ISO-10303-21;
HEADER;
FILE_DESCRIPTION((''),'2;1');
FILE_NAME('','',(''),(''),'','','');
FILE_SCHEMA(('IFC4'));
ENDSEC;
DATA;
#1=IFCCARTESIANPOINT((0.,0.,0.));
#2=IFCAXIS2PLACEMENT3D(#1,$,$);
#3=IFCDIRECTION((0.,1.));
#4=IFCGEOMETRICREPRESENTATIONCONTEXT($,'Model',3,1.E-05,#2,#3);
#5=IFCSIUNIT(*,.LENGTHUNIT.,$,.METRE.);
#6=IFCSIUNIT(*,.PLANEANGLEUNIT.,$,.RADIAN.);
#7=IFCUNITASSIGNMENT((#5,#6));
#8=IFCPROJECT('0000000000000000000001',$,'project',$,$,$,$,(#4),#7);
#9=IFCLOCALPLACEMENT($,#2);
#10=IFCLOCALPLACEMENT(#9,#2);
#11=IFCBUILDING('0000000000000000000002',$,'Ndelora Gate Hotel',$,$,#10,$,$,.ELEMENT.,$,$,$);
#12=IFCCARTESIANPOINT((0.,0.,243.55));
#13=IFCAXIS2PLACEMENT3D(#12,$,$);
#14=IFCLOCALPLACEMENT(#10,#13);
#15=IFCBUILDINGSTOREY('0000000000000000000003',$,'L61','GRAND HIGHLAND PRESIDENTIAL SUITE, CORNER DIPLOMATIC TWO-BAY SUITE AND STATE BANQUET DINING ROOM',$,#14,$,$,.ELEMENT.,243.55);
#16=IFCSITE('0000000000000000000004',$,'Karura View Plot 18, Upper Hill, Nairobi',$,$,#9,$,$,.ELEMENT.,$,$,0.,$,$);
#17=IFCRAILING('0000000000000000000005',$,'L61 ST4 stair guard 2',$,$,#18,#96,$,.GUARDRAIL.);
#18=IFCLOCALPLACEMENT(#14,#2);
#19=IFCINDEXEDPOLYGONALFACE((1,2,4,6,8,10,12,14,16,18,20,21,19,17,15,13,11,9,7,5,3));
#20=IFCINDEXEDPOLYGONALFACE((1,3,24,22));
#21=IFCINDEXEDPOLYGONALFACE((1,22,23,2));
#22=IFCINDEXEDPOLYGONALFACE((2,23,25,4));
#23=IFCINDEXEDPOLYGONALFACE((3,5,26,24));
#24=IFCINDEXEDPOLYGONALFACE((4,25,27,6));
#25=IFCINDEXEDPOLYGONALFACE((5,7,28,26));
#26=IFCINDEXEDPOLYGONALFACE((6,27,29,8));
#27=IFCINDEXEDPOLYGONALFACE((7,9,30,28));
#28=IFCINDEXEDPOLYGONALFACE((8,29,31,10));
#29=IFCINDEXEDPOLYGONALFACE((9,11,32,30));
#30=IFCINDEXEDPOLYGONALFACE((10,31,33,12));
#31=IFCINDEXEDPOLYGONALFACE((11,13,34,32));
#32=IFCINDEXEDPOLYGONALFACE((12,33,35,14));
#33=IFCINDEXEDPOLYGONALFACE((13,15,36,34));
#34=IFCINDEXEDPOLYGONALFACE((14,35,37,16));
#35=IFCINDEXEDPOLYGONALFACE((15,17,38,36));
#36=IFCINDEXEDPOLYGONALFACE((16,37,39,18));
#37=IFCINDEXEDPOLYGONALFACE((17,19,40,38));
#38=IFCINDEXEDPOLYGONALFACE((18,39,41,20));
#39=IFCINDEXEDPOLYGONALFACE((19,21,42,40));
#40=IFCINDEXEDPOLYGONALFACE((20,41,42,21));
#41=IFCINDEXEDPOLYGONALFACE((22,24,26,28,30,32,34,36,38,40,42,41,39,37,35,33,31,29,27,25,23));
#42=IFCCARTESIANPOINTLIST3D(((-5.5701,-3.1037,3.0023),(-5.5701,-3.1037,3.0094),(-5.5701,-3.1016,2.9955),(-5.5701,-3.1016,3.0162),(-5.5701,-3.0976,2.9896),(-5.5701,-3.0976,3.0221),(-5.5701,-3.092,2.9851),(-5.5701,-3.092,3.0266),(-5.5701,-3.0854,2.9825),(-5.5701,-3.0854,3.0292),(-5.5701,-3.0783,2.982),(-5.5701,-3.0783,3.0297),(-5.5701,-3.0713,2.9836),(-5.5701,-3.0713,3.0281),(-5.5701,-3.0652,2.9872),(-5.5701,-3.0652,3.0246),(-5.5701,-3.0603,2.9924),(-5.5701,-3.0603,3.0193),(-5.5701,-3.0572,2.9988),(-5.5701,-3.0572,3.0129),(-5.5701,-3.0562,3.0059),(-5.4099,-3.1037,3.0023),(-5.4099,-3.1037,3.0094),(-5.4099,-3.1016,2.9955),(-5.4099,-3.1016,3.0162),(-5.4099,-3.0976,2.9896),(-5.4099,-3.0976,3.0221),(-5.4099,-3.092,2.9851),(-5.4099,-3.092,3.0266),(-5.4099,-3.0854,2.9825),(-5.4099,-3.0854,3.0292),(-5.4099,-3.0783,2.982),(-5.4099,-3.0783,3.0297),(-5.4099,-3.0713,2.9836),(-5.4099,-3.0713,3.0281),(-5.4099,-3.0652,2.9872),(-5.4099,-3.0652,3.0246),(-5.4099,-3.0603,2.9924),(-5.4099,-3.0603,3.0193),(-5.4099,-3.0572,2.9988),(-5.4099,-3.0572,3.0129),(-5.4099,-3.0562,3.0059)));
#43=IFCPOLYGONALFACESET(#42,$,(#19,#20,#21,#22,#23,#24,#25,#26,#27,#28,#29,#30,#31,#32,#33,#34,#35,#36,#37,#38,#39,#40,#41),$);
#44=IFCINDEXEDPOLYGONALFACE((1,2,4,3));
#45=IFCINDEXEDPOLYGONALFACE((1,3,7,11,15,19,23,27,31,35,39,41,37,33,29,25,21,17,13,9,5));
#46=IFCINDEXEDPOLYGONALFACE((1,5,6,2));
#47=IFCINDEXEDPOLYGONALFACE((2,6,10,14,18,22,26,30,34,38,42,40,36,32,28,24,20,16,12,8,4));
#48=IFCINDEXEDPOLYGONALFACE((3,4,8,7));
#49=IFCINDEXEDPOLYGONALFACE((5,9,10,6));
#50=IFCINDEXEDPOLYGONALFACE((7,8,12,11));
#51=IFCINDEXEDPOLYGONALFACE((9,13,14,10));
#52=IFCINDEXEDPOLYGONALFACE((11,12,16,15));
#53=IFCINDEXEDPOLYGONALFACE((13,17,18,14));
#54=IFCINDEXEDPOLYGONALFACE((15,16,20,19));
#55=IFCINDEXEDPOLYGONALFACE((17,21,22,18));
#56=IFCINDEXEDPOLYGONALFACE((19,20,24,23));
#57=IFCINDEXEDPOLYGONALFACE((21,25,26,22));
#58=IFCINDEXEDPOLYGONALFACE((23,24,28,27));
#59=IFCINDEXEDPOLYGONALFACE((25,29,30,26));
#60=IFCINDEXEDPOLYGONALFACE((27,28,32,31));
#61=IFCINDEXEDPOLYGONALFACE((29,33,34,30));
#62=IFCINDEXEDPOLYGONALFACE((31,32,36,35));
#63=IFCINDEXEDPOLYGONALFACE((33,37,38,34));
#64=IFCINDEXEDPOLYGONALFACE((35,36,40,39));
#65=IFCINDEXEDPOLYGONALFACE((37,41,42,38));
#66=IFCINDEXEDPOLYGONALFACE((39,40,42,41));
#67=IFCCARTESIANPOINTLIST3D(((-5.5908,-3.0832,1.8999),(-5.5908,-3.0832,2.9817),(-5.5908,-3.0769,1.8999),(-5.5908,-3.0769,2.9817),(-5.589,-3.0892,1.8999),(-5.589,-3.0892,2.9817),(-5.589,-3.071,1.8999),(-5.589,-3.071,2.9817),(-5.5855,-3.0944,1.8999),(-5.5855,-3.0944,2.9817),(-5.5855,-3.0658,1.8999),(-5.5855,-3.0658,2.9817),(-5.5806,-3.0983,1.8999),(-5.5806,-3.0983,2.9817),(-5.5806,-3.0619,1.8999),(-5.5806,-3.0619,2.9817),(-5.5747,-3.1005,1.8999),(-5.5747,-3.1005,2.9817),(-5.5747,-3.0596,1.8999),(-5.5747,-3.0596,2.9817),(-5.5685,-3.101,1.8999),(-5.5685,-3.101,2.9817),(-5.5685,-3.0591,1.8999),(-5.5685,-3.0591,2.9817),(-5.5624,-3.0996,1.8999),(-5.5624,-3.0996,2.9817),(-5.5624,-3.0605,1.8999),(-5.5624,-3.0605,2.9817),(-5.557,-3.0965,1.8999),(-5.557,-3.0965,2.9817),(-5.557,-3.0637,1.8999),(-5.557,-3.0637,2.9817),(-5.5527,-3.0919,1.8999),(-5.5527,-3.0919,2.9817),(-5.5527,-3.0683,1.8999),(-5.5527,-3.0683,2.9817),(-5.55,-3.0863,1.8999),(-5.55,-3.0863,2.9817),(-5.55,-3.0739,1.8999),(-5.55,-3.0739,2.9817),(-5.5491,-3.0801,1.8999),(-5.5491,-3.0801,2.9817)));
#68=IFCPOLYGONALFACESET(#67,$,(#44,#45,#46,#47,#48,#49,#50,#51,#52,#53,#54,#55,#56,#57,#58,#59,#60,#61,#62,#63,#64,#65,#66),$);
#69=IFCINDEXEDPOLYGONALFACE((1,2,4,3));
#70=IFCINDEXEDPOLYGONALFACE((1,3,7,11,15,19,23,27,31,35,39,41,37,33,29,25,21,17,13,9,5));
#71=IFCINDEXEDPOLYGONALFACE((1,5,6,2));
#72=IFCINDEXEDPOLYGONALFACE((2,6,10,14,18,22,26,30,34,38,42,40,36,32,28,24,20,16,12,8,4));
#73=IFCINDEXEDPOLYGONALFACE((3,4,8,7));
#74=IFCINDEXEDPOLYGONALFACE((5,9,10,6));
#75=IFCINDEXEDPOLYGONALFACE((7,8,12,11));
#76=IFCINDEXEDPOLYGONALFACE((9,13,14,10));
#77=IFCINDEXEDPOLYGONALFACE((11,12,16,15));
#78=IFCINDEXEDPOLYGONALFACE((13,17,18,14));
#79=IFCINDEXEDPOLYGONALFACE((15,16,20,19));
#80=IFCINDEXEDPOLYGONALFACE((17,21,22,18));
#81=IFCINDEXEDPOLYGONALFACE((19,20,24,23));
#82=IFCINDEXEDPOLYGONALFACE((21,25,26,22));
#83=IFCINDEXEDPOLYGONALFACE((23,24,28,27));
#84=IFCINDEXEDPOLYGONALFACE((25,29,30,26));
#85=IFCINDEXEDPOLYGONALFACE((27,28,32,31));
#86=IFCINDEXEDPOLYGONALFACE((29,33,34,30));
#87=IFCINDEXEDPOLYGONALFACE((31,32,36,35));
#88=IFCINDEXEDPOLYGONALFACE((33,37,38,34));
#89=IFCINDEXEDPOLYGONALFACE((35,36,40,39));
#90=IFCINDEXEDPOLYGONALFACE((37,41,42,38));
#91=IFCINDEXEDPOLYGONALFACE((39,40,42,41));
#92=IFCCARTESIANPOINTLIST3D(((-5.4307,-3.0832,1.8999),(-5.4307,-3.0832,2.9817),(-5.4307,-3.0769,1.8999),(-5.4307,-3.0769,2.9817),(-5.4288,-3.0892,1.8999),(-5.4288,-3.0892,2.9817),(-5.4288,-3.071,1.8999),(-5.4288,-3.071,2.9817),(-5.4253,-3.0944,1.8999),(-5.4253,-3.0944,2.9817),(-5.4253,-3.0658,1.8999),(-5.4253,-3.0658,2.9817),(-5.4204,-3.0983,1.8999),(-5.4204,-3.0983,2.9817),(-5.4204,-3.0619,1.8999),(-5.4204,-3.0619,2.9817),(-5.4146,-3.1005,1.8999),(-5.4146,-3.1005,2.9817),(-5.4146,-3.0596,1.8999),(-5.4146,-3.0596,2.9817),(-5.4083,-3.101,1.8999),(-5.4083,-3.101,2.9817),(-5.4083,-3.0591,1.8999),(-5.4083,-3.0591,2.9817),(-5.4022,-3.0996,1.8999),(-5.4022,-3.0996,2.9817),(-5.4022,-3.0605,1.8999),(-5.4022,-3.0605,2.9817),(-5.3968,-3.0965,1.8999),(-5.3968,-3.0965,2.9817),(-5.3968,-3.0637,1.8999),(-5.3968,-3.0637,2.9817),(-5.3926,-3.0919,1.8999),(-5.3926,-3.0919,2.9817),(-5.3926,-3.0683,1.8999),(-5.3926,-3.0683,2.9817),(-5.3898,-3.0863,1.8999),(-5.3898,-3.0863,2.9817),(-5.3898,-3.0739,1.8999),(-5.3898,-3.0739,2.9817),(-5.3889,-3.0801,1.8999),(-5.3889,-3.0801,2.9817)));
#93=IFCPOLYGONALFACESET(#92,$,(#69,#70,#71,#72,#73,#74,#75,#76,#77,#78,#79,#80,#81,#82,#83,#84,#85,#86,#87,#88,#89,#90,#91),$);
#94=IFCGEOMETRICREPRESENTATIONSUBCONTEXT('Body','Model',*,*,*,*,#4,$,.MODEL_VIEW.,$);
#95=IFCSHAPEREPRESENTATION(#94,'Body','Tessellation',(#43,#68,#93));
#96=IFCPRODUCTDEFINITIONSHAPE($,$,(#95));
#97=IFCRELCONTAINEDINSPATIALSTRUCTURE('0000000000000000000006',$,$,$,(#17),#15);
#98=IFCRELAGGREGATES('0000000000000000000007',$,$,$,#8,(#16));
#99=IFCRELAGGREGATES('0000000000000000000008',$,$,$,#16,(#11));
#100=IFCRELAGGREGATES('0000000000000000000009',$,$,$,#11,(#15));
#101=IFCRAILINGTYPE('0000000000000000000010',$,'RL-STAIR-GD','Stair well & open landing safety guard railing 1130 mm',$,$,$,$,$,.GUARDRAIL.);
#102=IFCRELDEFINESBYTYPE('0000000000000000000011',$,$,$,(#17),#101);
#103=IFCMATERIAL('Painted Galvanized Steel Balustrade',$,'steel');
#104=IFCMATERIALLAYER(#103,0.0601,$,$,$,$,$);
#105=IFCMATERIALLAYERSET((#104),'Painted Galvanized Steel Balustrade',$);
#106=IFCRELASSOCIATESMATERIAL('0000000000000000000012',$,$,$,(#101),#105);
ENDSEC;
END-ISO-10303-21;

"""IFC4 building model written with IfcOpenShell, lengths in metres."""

from ifc_helpers import new_model, si_unit, direction, frame, origin, origin_2d, place, context, subcontext, project, spatial, circle, extrude, material, layer, layer_set, type_object, element, save


model = new_model("IFC4")

# Units and contexts
model_context = context("Model", 3, precision=1e-05, world=origin(), true_north=direction((0.0, 1.0)))
body_context = subcontext(model_context, "Body", "Model", "MODEL_VIEW")
ifc_project = project(units=[si_unit("LENGTHUNIT", "METRE"), si_unit("PLANEANGLEUNIT", "RADIAN")], contexts=[model_context])

# Site, building, storey
site_placement = place(None, origin())
site = spatial("IfcSite", under=ifc_project, at=site_placement, Name="Karura View Plot 18, Upper Hill, Nairobi", CompositionType="ELEMENT", RefElevation=0.0)
building_placement = place(site_placement, origin())
building = spatial("IfcBuilding", under=site, at=building_placement, Name="Ndelora Gate Hotel", CompositionType="ELEMENT")
storey_placement = place(building_placement, frame((0.0, 0.0, 243.55)))
storey = spatial("IfcBuildingStorey", under=building, at=storey_placement, Name="L61", Description="GRAND HIGHLAND PRESIDENTIAL SUITE, CORNER DIPLOMATIC TWO-BAY SUITE AND STATE BANQUET DINING ROOM", CompositionType="ELEMENT", Elevation=243.55)

# Railing
ifc_material_1 = material(Name="Painted Galvanized Steel Balustrade", Category="steel")
ifc_layer_1 = layer(ifc_material_1, 0.0601)
ifc_layer_set_1 = layer_set([ifc_layer_1], Name="Painted Galvanized Steel Balustrade")
railing_type_1 = type_object("IfcRailingType", Name="RL-STAIR-GD", Description="Stair well & open landing safety guard railing 1130 mm", PredefinedType="GUARDRAIL", material=ifc_layer_set_1)
railing_1_placement = place(storey_placement, frame((-5.5701, -3.0801, 1.8999)))
element("IfcRailing", 1, at=railing_1_placement, inside=storey, type_object=railing_type_1, Name="L61 ST4 stair guard 2", PredefinedType="GUARDRAIL", context=body_context, shape_type="SweptSolid", body=[
    extrude(circle(Radius=0.0239, at=origin_2d()), frame((0.0, 0.0, 1.106), z_axis=(1.0, 0.0, 0.0), x_axis=(0.0, 1.0, 0.0)), (0.0, 0.0, 1.0), 0.1602),
    extrude(circle(Radius=0.021, at=origin_2d()), origin(), (0.0, 0.0, 1.0), 1.0818),
    extrude(circle(Radius=0.021, at=origin_2d()), frame((0.1602, 0.0, 0.0)), (0.0, 0.0, 1.0), 1.0818),
])

save(model, "model.ifc")
